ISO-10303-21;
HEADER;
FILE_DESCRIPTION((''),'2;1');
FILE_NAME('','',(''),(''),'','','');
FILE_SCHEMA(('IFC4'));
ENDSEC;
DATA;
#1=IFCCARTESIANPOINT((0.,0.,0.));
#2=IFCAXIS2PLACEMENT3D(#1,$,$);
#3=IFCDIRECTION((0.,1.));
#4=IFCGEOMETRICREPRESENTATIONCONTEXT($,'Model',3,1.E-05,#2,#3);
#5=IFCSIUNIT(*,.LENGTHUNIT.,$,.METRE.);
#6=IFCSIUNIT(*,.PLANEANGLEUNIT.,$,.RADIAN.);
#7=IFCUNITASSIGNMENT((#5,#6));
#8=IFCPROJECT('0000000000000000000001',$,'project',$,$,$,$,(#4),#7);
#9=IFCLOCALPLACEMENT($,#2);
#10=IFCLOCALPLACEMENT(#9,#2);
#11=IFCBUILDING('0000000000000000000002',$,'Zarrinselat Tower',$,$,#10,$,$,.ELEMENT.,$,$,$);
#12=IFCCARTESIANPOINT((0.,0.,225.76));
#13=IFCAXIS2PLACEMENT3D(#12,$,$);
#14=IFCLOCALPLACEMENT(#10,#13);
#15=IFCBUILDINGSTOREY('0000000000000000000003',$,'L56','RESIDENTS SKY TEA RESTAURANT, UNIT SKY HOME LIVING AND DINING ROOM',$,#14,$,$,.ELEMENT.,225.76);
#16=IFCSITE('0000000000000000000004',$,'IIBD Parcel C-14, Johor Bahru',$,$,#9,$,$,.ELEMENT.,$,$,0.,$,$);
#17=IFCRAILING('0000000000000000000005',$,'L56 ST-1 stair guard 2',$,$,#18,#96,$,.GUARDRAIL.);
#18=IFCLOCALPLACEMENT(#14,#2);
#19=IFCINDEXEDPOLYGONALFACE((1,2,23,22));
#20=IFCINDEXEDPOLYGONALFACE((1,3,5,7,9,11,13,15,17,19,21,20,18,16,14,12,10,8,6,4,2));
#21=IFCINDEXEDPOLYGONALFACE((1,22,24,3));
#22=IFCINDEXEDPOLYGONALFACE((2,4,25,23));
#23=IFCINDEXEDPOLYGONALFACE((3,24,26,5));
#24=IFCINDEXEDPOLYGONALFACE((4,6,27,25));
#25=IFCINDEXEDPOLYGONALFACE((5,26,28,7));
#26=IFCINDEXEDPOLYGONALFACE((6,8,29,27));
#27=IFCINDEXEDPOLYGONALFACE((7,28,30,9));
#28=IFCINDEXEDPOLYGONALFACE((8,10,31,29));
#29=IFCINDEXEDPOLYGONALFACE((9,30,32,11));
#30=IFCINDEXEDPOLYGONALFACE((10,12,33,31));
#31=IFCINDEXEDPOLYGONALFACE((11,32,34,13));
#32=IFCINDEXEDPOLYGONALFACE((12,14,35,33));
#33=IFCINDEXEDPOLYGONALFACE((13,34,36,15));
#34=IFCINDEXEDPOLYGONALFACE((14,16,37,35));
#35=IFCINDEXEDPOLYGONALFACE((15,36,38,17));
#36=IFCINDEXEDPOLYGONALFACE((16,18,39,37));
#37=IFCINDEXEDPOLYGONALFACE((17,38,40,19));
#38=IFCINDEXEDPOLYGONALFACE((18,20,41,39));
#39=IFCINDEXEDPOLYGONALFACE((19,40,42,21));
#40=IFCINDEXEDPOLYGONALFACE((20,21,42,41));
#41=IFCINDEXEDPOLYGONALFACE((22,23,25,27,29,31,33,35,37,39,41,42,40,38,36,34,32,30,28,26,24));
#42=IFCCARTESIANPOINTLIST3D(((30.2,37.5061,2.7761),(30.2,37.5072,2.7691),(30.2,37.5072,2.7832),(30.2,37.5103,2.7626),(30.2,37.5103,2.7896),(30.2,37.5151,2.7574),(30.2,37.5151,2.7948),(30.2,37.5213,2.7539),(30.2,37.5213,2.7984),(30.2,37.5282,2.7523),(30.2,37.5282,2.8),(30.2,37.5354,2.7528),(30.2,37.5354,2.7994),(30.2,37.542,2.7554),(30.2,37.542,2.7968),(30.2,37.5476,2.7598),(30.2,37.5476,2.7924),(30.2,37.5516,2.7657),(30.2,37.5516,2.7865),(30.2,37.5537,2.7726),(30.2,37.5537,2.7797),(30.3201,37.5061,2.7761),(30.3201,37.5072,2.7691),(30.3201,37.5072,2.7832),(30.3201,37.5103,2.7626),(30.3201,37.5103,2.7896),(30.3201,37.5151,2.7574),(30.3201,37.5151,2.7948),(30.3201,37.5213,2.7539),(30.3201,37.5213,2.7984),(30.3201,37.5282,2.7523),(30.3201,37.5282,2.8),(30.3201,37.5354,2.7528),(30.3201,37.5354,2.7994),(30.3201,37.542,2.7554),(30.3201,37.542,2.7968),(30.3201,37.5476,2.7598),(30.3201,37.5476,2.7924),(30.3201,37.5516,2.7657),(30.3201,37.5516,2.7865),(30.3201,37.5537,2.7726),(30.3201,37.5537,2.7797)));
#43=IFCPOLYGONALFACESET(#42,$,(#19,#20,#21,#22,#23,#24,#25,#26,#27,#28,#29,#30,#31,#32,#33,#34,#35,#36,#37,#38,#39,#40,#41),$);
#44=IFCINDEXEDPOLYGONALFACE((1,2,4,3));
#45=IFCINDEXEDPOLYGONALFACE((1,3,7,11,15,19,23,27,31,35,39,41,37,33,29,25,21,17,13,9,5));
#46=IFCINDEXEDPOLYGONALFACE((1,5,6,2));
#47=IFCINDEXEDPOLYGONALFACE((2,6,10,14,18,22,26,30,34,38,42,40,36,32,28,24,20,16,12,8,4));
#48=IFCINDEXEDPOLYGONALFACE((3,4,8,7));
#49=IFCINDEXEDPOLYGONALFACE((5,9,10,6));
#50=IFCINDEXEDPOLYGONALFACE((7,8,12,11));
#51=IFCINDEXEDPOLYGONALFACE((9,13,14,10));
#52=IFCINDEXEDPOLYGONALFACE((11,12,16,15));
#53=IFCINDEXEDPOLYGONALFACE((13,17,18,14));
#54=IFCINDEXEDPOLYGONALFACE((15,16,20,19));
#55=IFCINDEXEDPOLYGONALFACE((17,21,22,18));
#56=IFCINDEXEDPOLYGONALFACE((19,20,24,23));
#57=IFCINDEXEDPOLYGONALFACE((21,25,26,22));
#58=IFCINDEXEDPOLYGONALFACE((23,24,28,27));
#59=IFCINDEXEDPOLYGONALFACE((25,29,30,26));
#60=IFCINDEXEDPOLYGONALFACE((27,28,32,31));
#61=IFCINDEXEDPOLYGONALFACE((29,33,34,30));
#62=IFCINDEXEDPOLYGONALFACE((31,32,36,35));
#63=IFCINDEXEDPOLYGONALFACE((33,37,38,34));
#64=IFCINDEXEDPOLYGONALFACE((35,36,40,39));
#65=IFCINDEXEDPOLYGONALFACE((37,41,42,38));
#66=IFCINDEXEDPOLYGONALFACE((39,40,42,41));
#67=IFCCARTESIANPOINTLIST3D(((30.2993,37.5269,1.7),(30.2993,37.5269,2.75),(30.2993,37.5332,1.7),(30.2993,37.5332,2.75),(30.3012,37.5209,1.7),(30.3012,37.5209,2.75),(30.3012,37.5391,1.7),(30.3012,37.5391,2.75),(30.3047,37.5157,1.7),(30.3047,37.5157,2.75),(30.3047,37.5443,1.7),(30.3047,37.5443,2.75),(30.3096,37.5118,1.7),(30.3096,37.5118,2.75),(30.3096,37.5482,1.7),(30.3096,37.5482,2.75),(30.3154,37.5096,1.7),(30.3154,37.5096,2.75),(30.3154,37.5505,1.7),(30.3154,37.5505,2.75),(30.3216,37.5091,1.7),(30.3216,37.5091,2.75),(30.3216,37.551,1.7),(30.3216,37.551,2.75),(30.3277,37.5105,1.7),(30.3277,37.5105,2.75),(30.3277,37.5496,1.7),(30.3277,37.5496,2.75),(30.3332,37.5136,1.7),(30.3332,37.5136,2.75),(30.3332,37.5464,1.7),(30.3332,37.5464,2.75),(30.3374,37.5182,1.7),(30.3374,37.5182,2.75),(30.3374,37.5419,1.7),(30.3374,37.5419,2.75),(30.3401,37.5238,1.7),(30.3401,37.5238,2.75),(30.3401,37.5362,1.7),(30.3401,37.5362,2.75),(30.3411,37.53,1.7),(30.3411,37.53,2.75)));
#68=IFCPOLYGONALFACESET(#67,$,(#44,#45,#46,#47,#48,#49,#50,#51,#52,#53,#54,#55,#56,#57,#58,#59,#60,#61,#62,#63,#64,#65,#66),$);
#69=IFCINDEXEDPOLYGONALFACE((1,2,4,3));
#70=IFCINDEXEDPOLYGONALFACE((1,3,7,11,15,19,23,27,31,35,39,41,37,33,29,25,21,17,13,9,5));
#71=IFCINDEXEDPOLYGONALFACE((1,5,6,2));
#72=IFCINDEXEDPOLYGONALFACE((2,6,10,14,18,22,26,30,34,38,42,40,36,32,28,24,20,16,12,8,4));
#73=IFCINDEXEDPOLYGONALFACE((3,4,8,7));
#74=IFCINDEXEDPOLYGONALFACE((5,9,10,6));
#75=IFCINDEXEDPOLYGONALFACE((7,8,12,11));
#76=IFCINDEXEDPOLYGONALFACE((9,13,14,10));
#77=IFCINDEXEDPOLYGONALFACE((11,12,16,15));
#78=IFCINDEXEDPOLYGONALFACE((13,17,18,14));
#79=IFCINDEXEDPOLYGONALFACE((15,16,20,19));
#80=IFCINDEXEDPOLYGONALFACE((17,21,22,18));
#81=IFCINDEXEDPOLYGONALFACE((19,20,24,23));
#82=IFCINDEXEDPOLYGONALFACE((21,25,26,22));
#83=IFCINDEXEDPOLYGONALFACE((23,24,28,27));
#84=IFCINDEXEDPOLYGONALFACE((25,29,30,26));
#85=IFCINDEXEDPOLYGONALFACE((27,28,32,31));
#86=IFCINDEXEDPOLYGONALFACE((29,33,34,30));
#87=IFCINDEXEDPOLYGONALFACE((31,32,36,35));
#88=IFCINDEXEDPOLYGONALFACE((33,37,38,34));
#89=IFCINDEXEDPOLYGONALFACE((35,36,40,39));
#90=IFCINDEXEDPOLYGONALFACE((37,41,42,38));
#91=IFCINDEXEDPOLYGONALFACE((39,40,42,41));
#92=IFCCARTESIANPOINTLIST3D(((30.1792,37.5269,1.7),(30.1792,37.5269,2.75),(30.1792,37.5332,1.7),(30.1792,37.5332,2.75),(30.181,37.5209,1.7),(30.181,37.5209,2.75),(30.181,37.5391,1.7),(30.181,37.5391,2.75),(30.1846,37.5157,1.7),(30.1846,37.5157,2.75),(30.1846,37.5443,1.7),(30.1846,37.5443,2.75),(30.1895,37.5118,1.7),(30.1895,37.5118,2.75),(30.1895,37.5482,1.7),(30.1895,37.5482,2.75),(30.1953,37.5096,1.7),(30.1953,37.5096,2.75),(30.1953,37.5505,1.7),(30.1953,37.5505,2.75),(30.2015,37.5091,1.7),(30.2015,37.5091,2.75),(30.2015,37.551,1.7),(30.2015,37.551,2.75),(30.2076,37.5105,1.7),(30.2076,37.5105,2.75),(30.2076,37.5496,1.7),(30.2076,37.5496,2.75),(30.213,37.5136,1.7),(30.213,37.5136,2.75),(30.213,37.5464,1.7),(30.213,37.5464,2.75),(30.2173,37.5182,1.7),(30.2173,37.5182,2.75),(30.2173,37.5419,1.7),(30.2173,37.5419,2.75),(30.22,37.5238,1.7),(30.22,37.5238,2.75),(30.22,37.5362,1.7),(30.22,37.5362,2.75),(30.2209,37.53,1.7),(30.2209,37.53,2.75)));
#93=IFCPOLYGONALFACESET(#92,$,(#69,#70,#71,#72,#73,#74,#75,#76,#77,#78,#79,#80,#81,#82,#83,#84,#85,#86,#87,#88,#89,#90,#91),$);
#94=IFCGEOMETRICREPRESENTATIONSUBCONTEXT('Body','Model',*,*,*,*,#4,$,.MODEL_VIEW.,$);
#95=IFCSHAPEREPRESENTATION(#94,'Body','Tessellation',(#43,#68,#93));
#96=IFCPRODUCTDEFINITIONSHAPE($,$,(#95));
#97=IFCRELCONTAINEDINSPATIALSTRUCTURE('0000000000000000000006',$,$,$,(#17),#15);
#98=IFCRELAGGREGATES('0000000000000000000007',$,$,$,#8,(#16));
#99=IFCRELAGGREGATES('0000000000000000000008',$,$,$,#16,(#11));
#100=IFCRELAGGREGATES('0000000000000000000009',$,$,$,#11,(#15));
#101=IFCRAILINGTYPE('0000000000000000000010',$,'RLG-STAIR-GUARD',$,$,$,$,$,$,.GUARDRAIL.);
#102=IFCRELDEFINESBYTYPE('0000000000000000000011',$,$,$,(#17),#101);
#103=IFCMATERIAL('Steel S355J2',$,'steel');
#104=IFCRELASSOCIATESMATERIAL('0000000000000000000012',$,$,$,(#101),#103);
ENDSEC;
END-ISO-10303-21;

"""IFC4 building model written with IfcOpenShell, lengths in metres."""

from ifc_helpers import new_model, si_unit, direction, frame, origin, origin_2d, place, context, subcontext, project, spatial, circle, extrude, material, type_object, element, save


model = new_model("IFC4")

# Units and contexts
model_context = context("Model", 3, precision=1e-05, world=origin(), true_north=direction((0.0, 1.0)))
body_context = subcontext(model_context, "Body", "Model", "MODEL_VIEW")
ifc_project = project(units=[si_unit("LENGTHUNIT", "METRE"), si_unit("PLANEANGLEUNIT", "RADIAN")], contexts=[model_context])

# Site, building, storey
site_placement = place(None, origin())
site = spatial("IfcSite", under=ifc_project, at=site_placement, Name="IIBD Parcel C-14, Johor Bahru", CompositionType="ELEMENT", RefElevation=0.0)
building_placement = place(site_placement, origin())
building = spatial("IfcBuilding", under=site, at=building_placement, Name="Zarrinselat Tower", CompositionType="ELEMENT")
storey_placement = place(building_placement, frame((0.0, 0.0, 225.76)))
storey = spatial("IfcBuildingStorey", under=building, at=storey_placement, Name="L56", Description="RESIDENTS SKY TEA RESTAURANT, UNIT SKY HOME LIVING AND DINING ROOM", CompositionType="ELEMENT", Elevation=225.76)

# Railing
ifc_material_1 = material(Name="Steel S355J2", Category="steel")
railing_type_1 = type_object("IfcRailingType", Name="RLG-STAIR-GUARD", PredefinedType="GUARDRAIL", material=ifc_material_1)
railing_1_placement = place(storey_placement, frame((30.3201, 37.53, 1.7)))
element("IfcRailing", 1, at=railing_1_placement, inside=storey, type_object=railing_type_1, Name="L56 ST-1 stair guard 2", PredefinedType="GUARDRAIL", context=body_context, shape_type="SweptSolid", body=[
    extrude(circle(Radius=0.0239, at=origin_2d()), frame((0.0, 0.0, 1.0762), z_axis=(-1.0, 0.0, 0.0), x_axis=(0.0, -1.0, 0.0)), (0.0, 0.0, 1.0), 0.1201),
    extrude(circle(Radius=0.021, at=origin_2d()), origin(), (0.0, 0.0, 1.0), 1.05),
    extrude(circle(Radius=0.021, at=origin_2d()), frame((-0.1201, 0.0, 0.0)), (0.0, 0.0, 1.0), 1.05),
])

save(model, "model.ifc")
